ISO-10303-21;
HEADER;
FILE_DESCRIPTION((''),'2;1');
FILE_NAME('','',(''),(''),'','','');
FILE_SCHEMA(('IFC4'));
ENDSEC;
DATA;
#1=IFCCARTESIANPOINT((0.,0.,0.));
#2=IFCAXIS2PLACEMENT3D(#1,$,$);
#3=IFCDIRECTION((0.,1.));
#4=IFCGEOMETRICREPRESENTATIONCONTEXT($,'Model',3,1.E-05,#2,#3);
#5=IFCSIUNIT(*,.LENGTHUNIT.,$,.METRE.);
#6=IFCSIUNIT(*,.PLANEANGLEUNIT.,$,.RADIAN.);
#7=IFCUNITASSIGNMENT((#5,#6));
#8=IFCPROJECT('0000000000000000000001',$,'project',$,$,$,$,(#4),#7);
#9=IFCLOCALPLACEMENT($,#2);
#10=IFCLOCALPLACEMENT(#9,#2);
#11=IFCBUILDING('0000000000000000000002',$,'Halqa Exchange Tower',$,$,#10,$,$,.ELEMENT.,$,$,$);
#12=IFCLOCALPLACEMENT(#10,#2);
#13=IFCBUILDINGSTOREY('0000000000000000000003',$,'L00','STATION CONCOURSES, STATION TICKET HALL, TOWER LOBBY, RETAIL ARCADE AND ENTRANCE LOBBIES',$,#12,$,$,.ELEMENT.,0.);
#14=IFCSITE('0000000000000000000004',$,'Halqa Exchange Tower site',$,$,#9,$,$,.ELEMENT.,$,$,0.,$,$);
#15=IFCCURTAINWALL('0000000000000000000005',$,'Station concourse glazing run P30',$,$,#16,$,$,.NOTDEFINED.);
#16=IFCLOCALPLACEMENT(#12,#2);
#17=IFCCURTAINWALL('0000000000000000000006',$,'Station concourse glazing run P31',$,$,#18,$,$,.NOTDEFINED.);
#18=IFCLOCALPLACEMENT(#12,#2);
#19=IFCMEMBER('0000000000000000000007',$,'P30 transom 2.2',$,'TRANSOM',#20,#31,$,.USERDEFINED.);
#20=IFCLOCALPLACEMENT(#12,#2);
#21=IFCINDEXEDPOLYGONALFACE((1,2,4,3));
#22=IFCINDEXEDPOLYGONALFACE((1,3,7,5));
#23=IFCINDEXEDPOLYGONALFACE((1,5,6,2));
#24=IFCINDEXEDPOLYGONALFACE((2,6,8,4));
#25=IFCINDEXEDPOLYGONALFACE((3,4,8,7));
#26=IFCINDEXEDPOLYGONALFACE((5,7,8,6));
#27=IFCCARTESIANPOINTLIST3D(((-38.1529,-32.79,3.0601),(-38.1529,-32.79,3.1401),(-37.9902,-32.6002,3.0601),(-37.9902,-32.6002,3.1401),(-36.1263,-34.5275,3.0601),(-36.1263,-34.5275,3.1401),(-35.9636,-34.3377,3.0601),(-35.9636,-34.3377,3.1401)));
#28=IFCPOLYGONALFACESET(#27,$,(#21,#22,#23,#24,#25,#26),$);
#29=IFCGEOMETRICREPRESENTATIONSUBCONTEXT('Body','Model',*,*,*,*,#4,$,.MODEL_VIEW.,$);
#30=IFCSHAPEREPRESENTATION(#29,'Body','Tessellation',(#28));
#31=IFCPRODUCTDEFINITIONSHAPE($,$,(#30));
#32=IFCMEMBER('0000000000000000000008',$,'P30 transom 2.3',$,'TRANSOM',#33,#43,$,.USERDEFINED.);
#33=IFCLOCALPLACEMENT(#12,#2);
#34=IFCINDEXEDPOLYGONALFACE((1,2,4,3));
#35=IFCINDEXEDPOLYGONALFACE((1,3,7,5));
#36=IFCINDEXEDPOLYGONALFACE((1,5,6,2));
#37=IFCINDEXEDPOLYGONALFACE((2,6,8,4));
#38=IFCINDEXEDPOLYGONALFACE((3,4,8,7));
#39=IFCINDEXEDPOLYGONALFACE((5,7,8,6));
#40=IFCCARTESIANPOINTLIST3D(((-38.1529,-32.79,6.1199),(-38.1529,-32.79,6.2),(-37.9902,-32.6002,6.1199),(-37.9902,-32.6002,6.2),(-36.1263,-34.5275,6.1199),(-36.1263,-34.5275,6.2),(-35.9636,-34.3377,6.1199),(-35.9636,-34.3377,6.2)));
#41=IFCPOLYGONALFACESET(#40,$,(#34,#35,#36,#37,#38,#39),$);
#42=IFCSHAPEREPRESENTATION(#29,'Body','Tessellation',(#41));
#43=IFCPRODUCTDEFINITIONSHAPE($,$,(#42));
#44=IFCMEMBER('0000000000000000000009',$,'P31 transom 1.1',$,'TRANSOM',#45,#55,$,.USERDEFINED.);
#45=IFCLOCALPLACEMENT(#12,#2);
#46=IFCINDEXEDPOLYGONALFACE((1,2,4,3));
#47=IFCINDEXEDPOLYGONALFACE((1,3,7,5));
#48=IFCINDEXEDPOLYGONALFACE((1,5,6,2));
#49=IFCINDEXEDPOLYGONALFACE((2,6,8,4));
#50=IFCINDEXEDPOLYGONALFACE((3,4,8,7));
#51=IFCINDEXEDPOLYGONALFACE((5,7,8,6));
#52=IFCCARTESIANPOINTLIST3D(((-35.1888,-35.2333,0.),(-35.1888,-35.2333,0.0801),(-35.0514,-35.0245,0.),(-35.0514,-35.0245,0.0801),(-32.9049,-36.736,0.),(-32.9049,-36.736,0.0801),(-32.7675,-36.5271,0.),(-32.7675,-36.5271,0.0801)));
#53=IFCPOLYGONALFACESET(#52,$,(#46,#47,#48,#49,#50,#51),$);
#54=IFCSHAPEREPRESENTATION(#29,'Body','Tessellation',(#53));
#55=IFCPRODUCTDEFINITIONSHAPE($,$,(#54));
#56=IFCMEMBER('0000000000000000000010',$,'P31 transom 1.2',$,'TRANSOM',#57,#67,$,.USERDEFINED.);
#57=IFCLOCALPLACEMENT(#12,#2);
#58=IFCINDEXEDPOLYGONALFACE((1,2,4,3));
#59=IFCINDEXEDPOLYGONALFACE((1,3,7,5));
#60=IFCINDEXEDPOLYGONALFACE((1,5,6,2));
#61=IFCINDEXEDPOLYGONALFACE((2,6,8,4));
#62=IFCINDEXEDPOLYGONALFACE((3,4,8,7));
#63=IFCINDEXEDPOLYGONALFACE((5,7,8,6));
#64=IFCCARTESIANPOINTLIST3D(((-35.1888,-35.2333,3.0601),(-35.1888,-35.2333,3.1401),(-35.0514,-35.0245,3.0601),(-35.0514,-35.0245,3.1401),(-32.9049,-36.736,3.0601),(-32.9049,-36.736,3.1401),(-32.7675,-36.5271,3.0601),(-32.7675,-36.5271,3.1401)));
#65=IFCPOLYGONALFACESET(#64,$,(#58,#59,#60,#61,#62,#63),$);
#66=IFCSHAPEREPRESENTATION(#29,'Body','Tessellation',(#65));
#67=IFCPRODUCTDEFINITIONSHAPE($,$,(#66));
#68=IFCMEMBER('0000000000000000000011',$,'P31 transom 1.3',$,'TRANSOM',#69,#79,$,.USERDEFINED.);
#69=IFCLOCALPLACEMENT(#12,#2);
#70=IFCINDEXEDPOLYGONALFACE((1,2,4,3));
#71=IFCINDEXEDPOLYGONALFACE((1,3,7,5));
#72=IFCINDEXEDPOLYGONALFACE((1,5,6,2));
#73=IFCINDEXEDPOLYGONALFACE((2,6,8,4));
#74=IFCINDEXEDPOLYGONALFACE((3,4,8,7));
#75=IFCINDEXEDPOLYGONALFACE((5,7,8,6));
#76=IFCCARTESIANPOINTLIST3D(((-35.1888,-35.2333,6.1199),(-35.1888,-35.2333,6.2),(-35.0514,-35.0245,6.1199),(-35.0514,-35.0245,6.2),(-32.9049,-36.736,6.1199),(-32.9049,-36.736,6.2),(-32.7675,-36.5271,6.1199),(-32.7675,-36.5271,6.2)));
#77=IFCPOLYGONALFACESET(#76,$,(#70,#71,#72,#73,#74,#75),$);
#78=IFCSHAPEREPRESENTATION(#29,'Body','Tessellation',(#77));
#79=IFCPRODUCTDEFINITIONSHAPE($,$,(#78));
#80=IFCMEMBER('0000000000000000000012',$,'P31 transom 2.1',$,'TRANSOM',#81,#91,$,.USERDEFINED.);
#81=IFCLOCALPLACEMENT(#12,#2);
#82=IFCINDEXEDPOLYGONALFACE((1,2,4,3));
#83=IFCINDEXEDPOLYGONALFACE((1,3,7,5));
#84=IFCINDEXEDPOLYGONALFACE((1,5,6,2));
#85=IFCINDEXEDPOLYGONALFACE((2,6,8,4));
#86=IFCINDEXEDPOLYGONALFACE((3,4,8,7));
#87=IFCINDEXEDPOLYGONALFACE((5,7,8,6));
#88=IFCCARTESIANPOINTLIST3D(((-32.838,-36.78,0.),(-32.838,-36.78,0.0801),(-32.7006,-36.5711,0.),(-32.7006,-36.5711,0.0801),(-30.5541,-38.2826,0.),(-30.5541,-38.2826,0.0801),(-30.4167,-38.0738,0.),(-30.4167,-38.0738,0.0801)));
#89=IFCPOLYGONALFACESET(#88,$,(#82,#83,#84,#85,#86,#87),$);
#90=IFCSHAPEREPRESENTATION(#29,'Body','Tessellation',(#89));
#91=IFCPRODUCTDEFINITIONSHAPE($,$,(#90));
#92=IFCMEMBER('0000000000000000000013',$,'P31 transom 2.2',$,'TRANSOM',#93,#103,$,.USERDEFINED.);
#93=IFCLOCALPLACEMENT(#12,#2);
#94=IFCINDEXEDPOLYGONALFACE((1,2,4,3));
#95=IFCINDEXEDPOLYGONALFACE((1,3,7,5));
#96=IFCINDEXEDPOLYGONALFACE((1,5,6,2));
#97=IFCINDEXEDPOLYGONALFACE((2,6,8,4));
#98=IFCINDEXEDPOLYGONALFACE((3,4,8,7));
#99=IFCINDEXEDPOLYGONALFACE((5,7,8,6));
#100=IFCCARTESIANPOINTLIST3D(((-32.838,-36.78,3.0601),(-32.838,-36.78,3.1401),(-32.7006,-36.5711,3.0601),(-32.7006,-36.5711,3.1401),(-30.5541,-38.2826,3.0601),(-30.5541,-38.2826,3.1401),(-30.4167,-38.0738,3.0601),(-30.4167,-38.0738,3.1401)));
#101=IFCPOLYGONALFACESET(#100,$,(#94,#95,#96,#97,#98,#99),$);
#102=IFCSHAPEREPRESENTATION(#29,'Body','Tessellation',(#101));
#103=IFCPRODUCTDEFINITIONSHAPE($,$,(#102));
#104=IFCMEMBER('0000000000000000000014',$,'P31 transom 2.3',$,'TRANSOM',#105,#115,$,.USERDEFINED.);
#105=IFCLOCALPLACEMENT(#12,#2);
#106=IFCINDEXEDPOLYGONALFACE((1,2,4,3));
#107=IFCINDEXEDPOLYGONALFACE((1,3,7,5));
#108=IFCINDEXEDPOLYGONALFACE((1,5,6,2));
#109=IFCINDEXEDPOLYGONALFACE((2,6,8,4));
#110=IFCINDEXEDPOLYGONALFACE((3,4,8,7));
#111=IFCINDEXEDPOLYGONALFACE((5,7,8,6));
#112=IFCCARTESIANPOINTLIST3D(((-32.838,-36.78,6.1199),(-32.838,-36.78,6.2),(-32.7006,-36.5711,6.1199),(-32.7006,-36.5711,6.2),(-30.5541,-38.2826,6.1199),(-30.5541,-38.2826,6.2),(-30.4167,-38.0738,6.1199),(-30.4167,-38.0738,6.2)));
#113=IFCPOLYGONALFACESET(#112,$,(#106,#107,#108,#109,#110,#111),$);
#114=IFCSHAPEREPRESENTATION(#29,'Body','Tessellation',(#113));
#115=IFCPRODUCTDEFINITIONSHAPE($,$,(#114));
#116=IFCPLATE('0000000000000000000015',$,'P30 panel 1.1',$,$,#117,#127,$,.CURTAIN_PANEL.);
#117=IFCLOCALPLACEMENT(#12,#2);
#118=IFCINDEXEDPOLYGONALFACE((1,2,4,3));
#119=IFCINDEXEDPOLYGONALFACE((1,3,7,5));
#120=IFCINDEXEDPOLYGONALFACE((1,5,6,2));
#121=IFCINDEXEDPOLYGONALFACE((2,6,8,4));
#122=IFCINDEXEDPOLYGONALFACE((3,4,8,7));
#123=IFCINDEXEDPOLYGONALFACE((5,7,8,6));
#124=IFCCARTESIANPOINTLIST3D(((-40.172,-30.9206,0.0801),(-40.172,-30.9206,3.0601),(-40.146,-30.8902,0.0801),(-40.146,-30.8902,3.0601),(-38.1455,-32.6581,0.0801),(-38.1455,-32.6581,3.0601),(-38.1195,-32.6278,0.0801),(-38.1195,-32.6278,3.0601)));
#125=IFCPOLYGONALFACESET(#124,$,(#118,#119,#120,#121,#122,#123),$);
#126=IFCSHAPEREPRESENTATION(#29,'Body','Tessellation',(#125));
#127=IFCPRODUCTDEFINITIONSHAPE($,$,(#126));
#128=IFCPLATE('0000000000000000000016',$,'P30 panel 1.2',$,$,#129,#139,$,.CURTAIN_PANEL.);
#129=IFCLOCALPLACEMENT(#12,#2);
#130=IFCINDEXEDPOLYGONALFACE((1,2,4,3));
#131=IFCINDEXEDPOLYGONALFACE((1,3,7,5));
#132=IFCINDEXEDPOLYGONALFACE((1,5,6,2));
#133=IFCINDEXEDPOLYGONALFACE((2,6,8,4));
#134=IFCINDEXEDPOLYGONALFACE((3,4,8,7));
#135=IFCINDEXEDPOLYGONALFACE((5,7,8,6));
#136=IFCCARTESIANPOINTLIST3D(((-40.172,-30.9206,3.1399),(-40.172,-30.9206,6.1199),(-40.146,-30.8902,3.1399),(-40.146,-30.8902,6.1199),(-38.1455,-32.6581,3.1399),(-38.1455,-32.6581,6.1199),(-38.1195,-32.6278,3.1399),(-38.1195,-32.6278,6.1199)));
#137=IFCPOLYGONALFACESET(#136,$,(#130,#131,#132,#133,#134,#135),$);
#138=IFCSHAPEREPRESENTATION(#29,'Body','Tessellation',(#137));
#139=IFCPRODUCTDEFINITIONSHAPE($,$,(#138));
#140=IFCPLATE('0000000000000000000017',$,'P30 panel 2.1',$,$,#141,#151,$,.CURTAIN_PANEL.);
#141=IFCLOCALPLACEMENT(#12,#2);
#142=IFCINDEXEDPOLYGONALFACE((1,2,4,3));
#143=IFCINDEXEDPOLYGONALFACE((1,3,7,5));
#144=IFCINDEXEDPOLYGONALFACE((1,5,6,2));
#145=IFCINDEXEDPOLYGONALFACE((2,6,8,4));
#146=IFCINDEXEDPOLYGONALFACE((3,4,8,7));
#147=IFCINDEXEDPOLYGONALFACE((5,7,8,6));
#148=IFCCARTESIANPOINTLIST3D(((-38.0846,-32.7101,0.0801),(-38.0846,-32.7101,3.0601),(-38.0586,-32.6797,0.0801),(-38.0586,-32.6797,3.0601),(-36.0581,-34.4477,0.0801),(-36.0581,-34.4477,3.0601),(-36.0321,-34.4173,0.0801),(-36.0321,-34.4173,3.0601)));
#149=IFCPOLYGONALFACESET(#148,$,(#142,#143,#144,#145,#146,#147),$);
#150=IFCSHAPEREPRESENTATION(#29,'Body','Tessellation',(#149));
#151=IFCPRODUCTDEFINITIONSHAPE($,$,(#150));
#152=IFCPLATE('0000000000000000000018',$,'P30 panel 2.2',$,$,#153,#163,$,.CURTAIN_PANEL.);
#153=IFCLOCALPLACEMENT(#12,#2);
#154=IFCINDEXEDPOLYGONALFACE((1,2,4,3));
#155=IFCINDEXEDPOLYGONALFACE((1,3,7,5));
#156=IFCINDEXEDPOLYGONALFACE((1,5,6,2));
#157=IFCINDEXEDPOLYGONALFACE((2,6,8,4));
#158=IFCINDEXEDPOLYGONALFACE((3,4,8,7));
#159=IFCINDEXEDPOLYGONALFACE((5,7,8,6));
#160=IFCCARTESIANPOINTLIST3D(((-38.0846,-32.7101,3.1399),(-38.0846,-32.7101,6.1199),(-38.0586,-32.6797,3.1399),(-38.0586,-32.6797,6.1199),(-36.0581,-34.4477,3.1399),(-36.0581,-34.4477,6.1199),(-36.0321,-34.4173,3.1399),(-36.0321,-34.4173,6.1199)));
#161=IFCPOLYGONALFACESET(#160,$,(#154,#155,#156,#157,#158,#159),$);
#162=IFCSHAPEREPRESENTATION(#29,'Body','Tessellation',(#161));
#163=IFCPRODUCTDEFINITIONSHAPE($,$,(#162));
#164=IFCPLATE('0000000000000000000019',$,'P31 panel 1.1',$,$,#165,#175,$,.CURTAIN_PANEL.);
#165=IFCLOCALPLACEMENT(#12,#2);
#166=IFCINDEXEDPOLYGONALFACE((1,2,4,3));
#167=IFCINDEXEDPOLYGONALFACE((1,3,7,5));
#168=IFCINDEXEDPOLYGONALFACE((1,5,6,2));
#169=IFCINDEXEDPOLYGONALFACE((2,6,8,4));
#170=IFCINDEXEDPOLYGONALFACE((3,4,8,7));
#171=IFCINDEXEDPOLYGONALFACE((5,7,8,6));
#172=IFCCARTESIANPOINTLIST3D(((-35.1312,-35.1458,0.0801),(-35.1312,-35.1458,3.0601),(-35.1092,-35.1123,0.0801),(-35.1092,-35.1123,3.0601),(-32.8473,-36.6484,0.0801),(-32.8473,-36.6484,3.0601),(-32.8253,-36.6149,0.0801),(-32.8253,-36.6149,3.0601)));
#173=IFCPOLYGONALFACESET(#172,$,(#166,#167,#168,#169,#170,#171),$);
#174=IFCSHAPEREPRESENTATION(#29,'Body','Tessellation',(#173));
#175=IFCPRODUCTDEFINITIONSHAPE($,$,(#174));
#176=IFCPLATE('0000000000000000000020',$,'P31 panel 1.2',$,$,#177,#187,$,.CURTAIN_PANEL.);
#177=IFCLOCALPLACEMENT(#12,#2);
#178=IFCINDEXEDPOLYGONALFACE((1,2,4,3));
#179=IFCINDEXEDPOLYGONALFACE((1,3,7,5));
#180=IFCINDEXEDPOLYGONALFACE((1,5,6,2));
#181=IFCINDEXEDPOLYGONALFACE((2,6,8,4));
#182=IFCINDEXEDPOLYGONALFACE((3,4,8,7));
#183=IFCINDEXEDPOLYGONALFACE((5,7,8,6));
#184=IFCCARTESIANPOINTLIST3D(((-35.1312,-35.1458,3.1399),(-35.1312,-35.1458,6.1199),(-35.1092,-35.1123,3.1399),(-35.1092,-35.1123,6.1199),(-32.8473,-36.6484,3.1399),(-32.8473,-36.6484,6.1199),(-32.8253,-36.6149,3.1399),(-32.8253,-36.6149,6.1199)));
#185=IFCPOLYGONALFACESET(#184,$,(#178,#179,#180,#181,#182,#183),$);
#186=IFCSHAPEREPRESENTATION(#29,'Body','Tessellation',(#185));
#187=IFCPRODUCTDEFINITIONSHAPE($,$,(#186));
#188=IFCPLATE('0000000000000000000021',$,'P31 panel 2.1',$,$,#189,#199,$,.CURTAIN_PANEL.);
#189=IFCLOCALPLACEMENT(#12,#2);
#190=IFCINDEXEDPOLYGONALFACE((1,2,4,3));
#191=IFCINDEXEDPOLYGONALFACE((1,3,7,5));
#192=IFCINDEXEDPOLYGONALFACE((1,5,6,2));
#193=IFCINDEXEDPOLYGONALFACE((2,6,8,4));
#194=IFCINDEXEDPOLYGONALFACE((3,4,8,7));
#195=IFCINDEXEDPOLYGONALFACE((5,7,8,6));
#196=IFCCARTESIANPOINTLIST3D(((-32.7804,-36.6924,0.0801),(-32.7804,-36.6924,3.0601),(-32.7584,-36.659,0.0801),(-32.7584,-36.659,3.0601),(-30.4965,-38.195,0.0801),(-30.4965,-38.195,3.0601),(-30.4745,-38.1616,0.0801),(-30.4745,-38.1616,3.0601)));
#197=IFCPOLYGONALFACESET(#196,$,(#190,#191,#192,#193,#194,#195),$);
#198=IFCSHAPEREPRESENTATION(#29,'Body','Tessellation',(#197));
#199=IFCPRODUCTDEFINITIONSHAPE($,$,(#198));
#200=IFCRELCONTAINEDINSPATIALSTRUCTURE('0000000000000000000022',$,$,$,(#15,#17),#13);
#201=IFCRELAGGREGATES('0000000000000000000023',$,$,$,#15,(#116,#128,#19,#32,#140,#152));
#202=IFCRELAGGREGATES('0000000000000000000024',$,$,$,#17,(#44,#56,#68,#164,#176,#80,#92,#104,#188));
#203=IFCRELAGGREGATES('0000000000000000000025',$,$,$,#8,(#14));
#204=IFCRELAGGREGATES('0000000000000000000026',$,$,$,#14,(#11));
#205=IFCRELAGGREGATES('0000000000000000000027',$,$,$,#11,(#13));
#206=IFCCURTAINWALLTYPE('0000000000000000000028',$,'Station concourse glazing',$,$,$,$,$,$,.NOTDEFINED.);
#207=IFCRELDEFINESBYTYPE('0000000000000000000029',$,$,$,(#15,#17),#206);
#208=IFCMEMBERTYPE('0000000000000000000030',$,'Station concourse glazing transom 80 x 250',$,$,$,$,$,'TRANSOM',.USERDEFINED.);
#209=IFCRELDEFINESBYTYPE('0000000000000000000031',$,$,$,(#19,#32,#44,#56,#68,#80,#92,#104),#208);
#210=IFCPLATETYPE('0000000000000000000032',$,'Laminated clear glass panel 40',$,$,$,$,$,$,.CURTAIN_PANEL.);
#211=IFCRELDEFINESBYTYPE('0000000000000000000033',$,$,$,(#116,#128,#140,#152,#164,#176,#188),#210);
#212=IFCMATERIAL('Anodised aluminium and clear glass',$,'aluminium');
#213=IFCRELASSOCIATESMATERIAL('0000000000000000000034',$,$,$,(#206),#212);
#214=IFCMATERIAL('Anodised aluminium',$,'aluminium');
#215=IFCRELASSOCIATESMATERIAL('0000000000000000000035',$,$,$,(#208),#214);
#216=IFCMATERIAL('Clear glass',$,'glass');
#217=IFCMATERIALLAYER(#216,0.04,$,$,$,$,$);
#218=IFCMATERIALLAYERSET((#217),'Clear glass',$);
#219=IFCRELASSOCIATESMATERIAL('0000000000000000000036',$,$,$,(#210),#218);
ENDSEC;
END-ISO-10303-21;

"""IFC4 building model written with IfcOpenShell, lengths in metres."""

from ifc_helpers import new_model, si_unit, direction, frame, origin, origin_2d, place, context, subcontext, project, spatial, rectangle, extrude, material, layer, layer_set, material_profile, profile_set, type_object, element, aggregate, save


model = new_model("IFC4")

# Units and contexts
model_context = context("Model", 3, precision=1e-05, world=origin(), true_north=direction((0.0, 1.0)))
body_context = subcontext(model_context, "Body", "Model", "MODEL_VIEW")
ifc_project = project(units=[si_unit("LENGTHUNIT", "METRE"), si_unit("PLANEANGLEUNIT", "RADIAN")], contexts=[model_context])

# Site, building, storey
site_placement = place(None, origin())
site = spatial("IfcSite", under=ifc_project, at=site_placement, Name="Halqa Exchange Tower site", CompositionType="ELEMENT", RefElevation=0.0)
building_placement = place(site_placement, origin())
building = spatial("IfcBuilding", under=site, at=building_placement, Name="Halqa Exchange Tower", CompositionType="ELEMENT")
storey_placement = place(building_placement, origin())
storey = spatial("IfcBuildingStorey", under=building, at=storey_placement, Name="L00", Description="STATION CONCOURSES, STATION TICKET HALL, TOWER LOBBY, RETAIL ARCADE AND ENTRANCE LOBBIES", CompositionType="ELEMENT", Elevation=0.0)

# Curtain walls
ifc_material_1 = material(Name="Anodised aluminium and clear glass", Category="aluminium")
curtain_wall_type = type_object("IfcCurtainWallType", Name="Station concourse glazing", PredefinedType="NOTDEFINED", material=ifc_material_1)
curtain_wall_1_placement = place(storey_placement, origin())
curtain_wall_1 = element("IfcCurtainWall", 1, at=curtain_wall_1_placement, inside=storey, type_object=curtain_wall_type, Name="Station concourse glazing run P30", PredefinedType="NOTDEFINED")
ifc_material_2 = material(Name="Anodised aluminium", Category="aluminium")
curtain_wall_2_placement = place(storey_placement, origin())
curtain_wall_2 = element("IfcCurtainWall", 2, at=curtain_wall_2_placement, inside=storey, type_object=curtain_wall_type, Name="Station concourse glazing run P31", PredefinedType="NOTDEFINED")

# Members
ifc_material_profile_1 = material_profile(ifc_material_2, rectangle(XDim=0.25, YDim=0.0801, at=origin_2d()), Name="AL 80x250")
ifc_profile_set_1 = profile_set([ifc_material_profile_1], Name="Anodised aluminium")
member_type_1 = type_object("IfcMemberType", Name="Station concourse glazing transom 80 x 250", ElementType="TRANSOM", PredefinedType="USERDEFINED", material=ifc_profile_set_1)
member_1_placement = place(storey_placement, frame((-38.0715, -32.6951, 3.1001), z_axis=(0.759173, -0.650889, 0.0), x_axis=(0.650889, 0.759173, 0.0)))
member_1 = element("IfcMember", 3, at=member_1_placement, type_object=member_type_1, Name="P30 transom 2.2", ObjectType="TRANSOM", PredefinedType="USERDEFINED", context=body_context, shape_type="SweptSolid", body=[
    extrude(rectangle(XDim=0.25, YDim=0.0801, at=origin_2d()), origin(), (0.0, 0.0, 1.0), 2.6694),
])
member_2_placement = place(storey_placement, frame((-38.0715, -32.6951, 6.1599), z_axis=(0.759173, -0.650889, 0.0), x_axis=(0.650889, 0.759173, 0.0)))
member_2 = element("IfcMember", 4, at=member_2_placement, type_object=member_type_1, Name="P30 transom 2.3", ObjectType="TRANSOM", PredefinedType="USERDEFINED", context=body_context, shape_type="SweptSolid", body=[
    extrude(rectangle(XDim=0.25, YDim=0.0801, at=origin_2d()), origin(), (0.0, 0.0, 1.0), 2.6694),
])
member_3_placement = place(storey_placement, frame((-35.1201, -35.1289, 0.04), z_axis=(0.835401, -0.549641, 0.0), x_axis=(0.549641, 0.835401, 0.0)))
member_3 = element("IfcMember", 5, at=member_3_placement, type_object=member_type_1, Name="P31 transom 1.1", ObjectType="TRANSOM", PredefinedType="USERDEFINED", context=body_context, shape_type="SweptSolid", body=[
    extrude(rectangle(XDim=0.25, YDim=0.0801, at=origin_2d()), origin(), (0.0, 0.0, 1.0), 2.7339),
])
member_4_placement = place(storey_placement, frame((-35.1201, -35.1289, 3.1001), z_axis=(0.835401, -0.549641, 0.0), x_axis=(0.549641, 0.835401, 0.0)))
member_4 = element("IfcMember", 6, at=member_4_placement, type_object=member_type_1, Name="P31 transom 1.2", ObjectType="TRANSOM", PredefinedType="USERDEFINED", context=body_context, shape_type="SweptSolid", body=[
    extrude(rectangle(XDim=0.25, YDim=0.0801, at=origin_2d()), origin(), (0.0, 0.0, 1.0), 2.7339),
])
member_5_placement = place(storey_placement, frame((-35.1201, -35.1289, 6.1599), z_axis=(0.835401, -0.549641, 0.0), x_axis=(0.549641, 0.835401, 0.0)))
member_5 = element("IfcMember", 7, at=member_5_placement, type_object=member_type_1, Name="P31 transom 1.3", ObjectType="TRANSOM", PredefinedType="USERDEFINED", context=body_context, shape_type="SweptSolid", body=[
    extrude(rectangle(XDim=0.25, YDim=0.0801, at=origin_2d()), origin(), (0.0, 0.0, 1.0), 2.7339),
])
member_6_placement = place(storey_placement, frame((-32.7693, -36.6755, 0.04), z_axis=(0.835401, -0.549641, 0.0), x_axis=(0.549641, 0.835401, 0.0)))
member_6 = element("IfcMember", 8, at=member_6_placement, type_object=member_type_1, Name="P31 transom 2.1", ObjectType="TRANSOM", PredefinedType="USERDEFINED", context=body_context, shape_type="SweptSolid", body=[
    extrude(rectangle(XDim=0.25, YDim=0.0801, at=origin_2d()), origin(), (0.0, 0.0, 1.0), 2.7339),
])
member_7_placement = place(storey_placement, frame((-32.7693, -36.6755, 3.1001), z_axis=(0.835401, -0.549641, 0.0), x_axis=(0.549641, 0.835401, 0.0)))
member_7 = element("IfcMember", 9, at=member_7_placement, type_object=member_type_1, Name="P31 transom 2.2", ObjectType="TRANSOM", PredefinedType="USERDEFINED", context=body_context, shape_type="SweptSolid", body=[
    extrude(rectangle(XDim=0.25, YDim=0.0801, at=origin_2d()), origin(), (0.0, 0.0, 1.0), 2.7339),
])
member_8_placement = place(storey_placement, frame((-32.7693, -36.6755, 6.1599), z_axis=(0.835401, -0.549641, 0.0), x_axis=(0.549641, 0.835401, 0.0)))
member_8 = element("IfcMember", 10, at=member_8_placement, type_object=member_type_1, Name="P31 transom 2.3", ObjectType="TRANSOM", PredefinedType="USERDEFINED", context=body_context, shape_type="SweptSolid", body=[
    extrude(rectangle(XDim=0.25, YDim=0.0801, at=origin_2d()), origin(), (0.0, 0.0, 1.0), 2.7339),
])

# Plates
ifc_material_3 = material(Name="Clear glass", Category="glass")
ifc_layer_1 = layer(ifc_material_3, 0.04)
ifc_layer_set_1 = layer_set([ifc_layer_1], Name="Clear glass")
plate_type = type_object("IfcPlateType", Name="Laminated clear glass panel 40", PredefinedType="CURTAIN_PANEL", material=ifc_layer_set_1)
plate_1_placement = place(storey_placement, frame((-39.1458, -31.7742, 0.0801), z_axis=(0.0, 0.0, 1.0), x_axis=(0.759154, -0.650911, 0.0)))
plate_1 = element("IfcPlate", 11, at=plate_1_placement, type_object=plate_type, Name="P30 panel 1.1", PredefinedType="CURTAIN_PANEL", context=body_context, shape_type="SweptSolid", body=[
    extrude(rectangle(XDim=2.6694, YDim=0.04, at=origin_2d()), origin(), (0.0, 0.0, 1.0), 2.98),
])
plate_2_placement = place(storey_placement, frame((-39.1458, -31.7742, 3.1399), z_axis=(0.0, 0.0, 1.0), x_axis=(0.759154, -0.650911, 0.0)))
plate_2 = element("IfcPlate", 12, at=plate_2_placement, type_object=plate_type, Name="P30 panel 1.2", PredefinedType="CURTAIN_PANEL", context=body_context, shape_type="SweptSolid", body=[
    extrude(rectangle(XDim=2.6694, YDim=0.04, at=origin_2d()), origin(), (0.0, 0.0, 1.0), 2.98),
])
plate_3_placement = place(storey_placement, frame((-37.0583, -33.5637, 0.0801), z_axis=(0.0, 0.0, 1.0), x_axis=(0.759154, -0.650911, 0.0)))
plate_3 = element("IfcPlate", 13, at=plate_3_placement, type_object=plate_type, Name="P30 panel 2.1", PredefinedType="CURTAIN_PANEL", context=body_context, shape_type="SweptSolid", body=[
    extrude(rectangle(XDim=2.6694, YDim=0.04, at=origin_2d()), origin(), (0.0, 0.0, 1.0), 2.98),
])
plate_4_placement = place(storey_placement, frame((-37.0583, -33.5637, 3.1399), z_axis=(0.0, 0.0, 1.0), x_axis=(0.759154, -0.650911, 0.0)))
plate_4 = element("IfcPlate", 14, at=plate_4_placement, type_object=plate_type, Name="P30 panel 2.2", PredefinedType="CURTAIN_PANEL", context=body_context, shape_type="SweptSolid", body=[
    extrude(rectangle(XDim=2.6694, YDim=0.04, at=origin_2d()), origin(), (0.0, 0.0, 1.0), 2.98),
])
aggregate(curtain_wall_1, [plate_1, plate_2, member_1, member_2, plate_3, plate_4])
plate_5_placement = place(storey_placement, frame((-33.9783, -35.8804, 0.0801), z_axis=(0.0, 0.0, 1.0), x_axis=(0.835415, -0.54962, 0.0)))
plate_5 = element("IfcPlate", 15, at=plate_5_placement, type_object=plate_type, Name="P31 panel 1.1", PredefinedType="CURTAIN_PANEL", context=body_context, shape_type="SweptSolid", body=[
    extrude(rectangle(XDim=2.7339, YDim=0.04, at=origin_2d()), origin(), (0.0, 0.0, 1.0), 2.98),
])
plate_6_placement = place(storey_placement, frame((-33.9783, -35.8804, 3.1399), z_axis=(0.0, 0.0, 1.0), x_axis=(0.835415, -0.54962, 0.0)))
plate_6 = element("IfcPlate", 16, at=plate_6_placement, type_object=plate_type, Name="P31 panel 1.2", PredefinedType="CURTAIN_PANEL", context=body_context, shape_type="SweptSolid", body=[
    extrude(rectangle(XDim=2.7339, YDim=0.04, at=origin_2d()), origin(), (0.0, 0.0, 1.0), 2.98),
])
plate_7_placement = place(storey_placement, frame((-31.6274, -37.427, 0.0801), z_axis=(0.0, 0.0, 1.0), x_axis=(0.835415, -0.54962, 0.0)))
plate_7 = element("IfcPlate", 17, at=plate_7_placement, type_object=plate_type, Name="P31 panel 2.1", PredefinedType="CURTAIN_PANEL", context=body_context, shape_type="SweptSolid", body=[
    extrude(rectangle(XDim=2.7339, YDim=0.04, at=origin_2d()), origin(), (0.0, 0.0, 1.0), 2.98),
])
aggregate(curtain_wall_2, [member_3, member_4, member_5, plate_5, plate_6, member_6, member_7, member_8, plate_7])

save(model, "model.ifc")
